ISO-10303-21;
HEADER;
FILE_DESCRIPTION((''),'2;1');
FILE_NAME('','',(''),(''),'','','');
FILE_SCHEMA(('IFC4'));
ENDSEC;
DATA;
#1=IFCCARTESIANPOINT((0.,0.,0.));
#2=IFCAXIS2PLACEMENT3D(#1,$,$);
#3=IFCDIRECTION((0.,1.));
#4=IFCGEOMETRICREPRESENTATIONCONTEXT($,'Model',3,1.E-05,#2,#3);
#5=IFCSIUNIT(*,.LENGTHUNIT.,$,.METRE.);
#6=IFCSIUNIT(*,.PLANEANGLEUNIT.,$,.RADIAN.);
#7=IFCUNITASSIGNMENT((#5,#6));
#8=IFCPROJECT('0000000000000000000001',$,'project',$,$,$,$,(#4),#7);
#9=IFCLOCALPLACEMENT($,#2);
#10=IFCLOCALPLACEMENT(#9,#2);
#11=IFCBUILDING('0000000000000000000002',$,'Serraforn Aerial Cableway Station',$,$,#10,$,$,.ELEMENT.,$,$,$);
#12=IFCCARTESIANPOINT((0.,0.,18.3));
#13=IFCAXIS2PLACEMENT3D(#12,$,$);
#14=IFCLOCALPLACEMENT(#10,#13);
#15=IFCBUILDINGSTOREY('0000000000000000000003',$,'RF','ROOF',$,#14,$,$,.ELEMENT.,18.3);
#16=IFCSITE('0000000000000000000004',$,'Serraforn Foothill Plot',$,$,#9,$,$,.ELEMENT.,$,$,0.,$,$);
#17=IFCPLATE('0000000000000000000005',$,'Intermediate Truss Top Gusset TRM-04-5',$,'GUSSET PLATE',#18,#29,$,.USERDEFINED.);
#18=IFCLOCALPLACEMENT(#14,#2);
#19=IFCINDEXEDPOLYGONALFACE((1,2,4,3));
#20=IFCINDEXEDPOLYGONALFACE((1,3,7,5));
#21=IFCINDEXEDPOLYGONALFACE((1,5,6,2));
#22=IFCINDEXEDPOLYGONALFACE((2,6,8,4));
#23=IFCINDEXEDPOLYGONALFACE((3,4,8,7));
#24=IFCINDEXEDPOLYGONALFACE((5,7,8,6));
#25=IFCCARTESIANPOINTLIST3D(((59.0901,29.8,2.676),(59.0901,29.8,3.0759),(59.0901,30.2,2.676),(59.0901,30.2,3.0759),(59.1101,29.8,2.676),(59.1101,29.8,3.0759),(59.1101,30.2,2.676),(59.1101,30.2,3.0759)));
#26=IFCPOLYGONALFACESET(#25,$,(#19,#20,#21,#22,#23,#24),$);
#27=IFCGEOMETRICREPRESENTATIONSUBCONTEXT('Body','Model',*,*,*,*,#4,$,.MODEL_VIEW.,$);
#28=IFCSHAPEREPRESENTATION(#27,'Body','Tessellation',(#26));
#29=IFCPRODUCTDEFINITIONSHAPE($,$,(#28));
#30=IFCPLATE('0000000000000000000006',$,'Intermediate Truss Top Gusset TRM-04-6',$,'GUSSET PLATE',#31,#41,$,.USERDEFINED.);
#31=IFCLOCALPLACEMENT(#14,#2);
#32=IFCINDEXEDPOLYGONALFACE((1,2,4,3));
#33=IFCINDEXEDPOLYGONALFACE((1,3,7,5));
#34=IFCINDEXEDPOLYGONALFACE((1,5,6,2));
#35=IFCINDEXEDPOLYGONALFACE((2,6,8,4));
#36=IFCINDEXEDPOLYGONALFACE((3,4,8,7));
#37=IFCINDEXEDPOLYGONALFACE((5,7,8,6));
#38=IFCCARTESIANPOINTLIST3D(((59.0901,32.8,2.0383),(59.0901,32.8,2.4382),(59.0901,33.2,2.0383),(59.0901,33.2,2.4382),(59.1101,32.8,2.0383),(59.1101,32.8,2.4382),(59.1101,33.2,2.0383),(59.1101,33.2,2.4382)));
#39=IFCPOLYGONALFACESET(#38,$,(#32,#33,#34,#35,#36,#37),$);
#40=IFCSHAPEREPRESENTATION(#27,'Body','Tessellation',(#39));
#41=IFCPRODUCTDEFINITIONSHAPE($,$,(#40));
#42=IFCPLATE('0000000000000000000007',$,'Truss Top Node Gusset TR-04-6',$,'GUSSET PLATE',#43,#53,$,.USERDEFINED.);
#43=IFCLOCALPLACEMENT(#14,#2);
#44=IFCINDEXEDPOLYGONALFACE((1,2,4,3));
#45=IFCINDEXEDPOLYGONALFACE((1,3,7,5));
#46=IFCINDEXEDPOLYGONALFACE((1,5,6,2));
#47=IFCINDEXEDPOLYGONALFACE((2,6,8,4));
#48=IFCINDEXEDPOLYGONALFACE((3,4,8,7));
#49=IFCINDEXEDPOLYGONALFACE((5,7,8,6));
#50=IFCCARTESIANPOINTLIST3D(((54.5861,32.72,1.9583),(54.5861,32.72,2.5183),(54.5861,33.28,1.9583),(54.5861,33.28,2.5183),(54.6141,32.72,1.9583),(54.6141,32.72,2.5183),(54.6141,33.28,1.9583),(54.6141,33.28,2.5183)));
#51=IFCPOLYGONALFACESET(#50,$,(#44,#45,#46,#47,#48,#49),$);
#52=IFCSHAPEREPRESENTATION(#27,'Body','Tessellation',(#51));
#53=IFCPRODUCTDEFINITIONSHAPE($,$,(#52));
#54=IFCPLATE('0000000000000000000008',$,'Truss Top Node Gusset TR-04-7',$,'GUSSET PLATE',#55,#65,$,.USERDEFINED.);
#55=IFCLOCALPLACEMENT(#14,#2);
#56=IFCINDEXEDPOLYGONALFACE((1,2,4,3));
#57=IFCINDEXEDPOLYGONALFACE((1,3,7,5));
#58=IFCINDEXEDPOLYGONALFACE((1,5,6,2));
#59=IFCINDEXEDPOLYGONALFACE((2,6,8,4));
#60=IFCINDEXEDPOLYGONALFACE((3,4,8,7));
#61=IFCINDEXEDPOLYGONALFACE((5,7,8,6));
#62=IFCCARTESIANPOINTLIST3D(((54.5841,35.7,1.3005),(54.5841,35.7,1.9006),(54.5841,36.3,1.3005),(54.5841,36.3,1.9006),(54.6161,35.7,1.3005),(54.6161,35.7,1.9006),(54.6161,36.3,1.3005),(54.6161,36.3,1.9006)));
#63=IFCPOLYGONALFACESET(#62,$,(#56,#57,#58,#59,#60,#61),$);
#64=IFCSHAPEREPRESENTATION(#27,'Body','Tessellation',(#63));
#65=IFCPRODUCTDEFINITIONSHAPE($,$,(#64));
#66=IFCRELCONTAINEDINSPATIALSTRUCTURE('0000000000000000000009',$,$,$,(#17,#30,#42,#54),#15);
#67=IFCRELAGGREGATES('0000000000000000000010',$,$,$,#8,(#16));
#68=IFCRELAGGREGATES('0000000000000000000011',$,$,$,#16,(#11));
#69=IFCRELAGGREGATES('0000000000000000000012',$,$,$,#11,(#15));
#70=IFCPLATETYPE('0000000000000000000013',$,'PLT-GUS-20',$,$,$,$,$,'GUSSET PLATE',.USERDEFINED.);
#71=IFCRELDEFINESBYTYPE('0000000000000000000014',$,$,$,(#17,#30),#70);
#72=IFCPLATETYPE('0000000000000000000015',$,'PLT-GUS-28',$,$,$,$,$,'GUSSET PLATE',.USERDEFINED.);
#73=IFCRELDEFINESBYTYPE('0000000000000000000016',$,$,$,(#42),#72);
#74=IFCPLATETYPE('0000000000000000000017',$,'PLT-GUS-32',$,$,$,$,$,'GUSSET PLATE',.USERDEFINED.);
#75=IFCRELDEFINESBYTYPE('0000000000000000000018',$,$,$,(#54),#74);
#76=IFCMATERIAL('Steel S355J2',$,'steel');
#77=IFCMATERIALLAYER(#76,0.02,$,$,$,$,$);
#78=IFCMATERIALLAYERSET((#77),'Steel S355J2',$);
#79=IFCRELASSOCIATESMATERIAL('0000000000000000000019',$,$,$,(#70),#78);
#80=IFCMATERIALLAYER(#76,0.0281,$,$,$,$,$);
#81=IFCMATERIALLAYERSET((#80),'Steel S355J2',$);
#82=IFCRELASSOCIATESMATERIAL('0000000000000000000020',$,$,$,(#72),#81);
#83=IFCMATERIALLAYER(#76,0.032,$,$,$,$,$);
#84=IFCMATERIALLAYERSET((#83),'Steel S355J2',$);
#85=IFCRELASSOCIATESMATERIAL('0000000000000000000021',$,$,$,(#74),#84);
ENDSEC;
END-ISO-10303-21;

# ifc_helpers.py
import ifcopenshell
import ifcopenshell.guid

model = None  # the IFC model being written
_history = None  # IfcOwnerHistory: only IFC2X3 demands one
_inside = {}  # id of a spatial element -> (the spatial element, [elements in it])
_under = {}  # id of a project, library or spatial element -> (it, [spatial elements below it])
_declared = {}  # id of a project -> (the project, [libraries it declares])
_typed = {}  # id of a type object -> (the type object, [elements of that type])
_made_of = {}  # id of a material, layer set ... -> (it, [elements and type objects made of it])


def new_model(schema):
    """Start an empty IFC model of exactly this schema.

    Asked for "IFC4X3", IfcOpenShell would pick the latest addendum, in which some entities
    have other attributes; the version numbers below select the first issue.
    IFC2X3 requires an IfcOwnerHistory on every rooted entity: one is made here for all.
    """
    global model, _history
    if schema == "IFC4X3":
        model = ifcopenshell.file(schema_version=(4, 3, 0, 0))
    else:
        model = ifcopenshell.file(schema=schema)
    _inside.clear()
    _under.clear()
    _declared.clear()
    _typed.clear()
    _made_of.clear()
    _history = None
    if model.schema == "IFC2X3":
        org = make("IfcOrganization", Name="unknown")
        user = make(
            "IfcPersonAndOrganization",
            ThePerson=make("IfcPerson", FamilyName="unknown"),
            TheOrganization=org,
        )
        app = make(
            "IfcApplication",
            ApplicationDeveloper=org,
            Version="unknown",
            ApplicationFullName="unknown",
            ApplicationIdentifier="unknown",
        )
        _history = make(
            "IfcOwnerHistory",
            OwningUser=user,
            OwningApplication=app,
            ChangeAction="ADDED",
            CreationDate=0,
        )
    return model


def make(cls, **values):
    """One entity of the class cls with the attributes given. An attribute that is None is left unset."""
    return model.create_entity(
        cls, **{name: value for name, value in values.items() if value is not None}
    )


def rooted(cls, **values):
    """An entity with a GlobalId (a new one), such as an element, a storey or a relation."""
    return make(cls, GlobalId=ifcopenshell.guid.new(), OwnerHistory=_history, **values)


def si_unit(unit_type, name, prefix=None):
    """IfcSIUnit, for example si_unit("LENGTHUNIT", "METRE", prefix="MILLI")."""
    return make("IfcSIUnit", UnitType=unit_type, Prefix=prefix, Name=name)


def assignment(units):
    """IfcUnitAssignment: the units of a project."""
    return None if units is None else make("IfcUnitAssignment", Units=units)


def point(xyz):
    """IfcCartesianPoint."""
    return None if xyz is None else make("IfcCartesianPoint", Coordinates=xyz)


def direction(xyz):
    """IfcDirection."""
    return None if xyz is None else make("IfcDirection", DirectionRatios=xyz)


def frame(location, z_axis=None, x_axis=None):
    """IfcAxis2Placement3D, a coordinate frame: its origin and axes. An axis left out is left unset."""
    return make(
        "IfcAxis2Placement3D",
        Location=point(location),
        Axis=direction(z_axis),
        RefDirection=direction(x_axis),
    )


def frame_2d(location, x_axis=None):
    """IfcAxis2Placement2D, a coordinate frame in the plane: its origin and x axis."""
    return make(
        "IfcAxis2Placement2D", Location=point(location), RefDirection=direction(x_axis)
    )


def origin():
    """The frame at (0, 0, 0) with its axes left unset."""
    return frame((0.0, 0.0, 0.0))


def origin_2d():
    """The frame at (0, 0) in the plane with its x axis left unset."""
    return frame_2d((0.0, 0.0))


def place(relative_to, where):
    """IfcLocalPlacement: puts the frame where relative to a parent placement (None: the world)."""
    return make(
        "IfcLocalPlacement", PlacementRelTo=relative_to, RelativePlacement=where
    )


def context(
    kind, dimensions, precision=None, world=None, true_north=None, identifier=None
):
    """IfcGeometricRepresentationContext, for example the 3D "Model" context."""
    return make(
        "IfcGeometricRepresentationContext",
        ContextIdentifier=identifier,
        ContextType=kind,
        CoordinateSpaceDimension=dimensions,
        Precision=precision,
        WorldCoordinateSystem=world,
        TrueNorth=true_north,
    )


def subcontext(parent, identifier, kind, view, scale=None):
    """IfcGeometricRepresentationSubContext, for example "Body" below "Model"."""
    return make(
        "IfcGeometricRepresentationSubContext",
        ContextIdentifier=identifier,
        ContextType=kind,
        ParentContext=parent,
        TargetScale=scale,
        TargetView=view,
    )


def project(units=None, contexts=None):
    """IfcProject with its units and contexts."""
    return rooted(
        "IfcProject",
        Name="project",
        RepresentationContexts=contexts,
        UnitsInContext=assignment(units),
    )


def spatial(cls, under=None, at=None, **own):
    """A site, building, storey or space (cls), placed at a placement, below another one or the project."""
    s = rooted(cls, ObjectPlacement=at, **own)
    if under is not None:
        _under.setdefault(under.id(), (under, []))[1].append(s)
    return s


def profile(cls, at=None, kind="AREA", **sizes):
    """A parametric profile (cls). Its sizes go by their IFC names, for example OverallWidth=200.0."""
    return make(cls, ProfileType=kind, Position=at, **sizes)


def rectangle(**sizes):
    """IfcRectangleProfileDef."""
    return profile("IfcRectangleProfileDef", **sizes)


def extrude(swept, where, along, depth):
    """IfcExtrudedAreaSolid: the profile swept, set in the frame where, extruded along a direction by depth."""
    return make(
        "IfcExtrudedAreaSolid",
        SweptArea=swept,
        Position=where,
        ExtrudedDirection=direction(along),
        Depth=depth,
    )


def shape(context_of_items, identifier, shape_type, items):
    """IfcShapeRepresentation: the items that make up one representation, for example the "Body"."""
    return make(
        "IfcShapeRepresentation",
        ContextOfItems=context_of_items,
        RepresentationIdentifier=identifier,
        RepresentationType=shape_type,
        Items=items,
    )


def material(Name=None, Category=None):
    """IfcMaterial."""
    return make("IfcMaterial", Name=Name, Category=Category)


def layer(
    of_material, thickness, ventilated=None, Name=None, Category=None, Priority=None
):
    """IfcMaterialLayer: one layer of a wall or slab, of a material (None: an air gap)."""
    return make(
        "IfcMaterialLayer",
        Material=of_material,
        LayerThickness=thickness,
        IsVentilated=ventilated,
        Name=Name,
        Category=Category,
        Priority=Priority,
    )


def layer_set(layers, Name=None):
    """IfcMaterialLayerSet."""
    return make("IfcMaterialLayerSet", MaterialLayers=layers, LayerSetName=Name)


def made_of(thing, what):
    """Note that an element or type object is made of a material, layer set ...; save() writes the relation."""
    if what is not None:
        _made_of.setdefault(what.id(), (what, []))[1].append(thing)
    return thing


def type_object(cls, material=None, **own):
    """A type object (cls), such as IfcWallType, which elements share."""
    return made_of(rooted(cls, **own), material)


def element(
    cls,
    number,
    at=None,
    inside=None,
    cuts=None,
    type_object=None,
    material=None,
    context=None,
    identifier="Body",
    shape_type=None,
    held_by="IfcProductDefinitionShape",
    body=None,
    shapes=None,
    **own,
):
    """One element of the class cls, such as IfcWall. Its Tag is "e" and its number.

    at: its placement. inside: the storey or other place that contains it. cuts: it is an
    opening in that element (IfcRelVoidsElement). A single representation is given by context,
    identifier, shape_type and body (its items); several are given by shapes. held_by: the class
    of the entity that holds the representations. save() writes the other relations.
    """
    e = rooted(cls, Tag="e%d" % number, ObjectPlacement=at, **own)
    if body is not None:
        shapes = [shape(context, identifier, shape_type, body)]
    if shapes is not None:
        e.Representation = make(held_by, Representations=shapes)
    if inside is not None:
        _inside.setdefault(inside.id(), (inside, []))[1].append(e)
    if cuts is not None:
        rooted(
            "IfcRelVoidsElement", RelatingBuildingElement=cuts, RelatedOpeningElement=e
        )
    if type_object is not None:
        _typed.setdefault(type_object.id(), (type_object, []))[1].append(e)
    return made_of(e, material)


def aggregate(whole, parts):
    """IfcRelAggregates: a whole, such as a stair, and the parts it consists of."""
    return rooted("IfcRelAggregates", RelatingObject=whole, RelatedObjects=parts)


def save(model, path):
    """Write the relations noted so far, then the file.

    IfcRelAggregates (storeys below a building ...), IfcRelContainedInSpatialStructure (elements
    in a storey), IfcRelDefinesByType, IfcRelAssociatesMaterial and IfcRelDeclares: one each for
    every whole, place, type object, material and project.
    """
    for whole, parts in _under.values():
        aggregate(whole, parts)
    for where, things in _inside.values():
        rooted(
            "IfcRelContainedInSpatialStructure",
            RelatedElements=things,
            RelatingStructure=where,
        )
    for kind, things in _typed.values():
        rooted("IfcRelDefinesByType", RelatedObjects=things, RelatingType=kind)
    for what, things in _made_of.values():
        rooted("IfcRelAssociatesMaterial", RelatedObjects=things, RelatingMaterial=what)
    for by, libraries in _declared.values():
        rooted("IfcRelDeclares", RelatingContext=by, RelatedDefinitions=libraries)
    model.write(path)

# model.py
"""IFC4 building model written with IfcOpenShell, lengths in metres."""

from ifc_helpers import new_model, si_unit, direction, frame, origin, origin_2d, place, context, subcontext, project, spatial, rectangle, extrude, material, layer, layer_set, type_object, element, save


model = new_model("IFC4")

# Units and contexts
model_context = context("Model", 3, precision=1e-05, world=origin(), true_north=direction((0.0, 1.0)))
body_context = subcontext(model_context, "Body", "Model", "MODEL_VIEW")
ifc_project = project(units=[si_unit("LENGTHUNIT", "METRE"), si_unit("PLANEANGLEUNIT", "RADIAN")], contexts=[model_context])

# Site, building, storey
site_placement = place(None, origin())
site = spatial("IfcSite", under=ifc_project, at=site_placement, Name="Serraforn Foothill Plot", CompositionType="ELEMENT", RefElevation=0.0)
building_placement = place(site_placement, origin())
building = spatial("IfcBuilding", under=site, at=building_placement, Name="Serraforn Aerial Cableway Station", CompositionType="ELEMENT")
storey_placement = place(building_placement, frame((0.0, 0.0, 18.3)))
storey = spatial("IfcBuildingStorey", under=building, at=storey_placement, Name="RF", Description="ROOF", CompositionType="ELEMENT", Elevation=18.3)

# Shared definitions
ifc_material_1 = material(Name="Steel S355J2", Category="steel")

# Plates
ifc_layer_1 = layer(ifc_material_1, 0.02)
ifc_layer_set_1 = layer_set([ifc_layer_1], Name="Steel S355J2")
plate_type_1 = type_object("IfcPlateType", Name="PLT-GUS-20", ElementType="GUSSET PLATE", PredefinedType="USERDEFINED", material=ifc_layer_set_1)
for number, where, z_axis, x_axis, name in (
    (1, (59.1001, 30.0, 2.676), (0.0, 0.0, 1.0), (1.0, 0.0, 0.0), "Intermediate Truss Top Gusset TRM-04-5"),
    (2, (59.1001, 33.0, 2.0383), (0.0, 0.0, 1.0), (1.0, 0.0, 0.0), "Intermediate Truss Top Gusset TRM-04-6"),
):
    element("IfcPlate", number, at=place(storey_placement, frame(where, z_axis=z_axis, x_axis=x_axis)), inside=storey, type_object=plate_type_1, Name=name, ObjectType="GUSSET PLATE", PredefinedType="USERDEFINED", context=body_context, shape_type="SweptSolid", body=[
        extrude(rectangle(XDim=0.02, YDim=0.3999, at=origin_2d()), origin(), (0.0, 0.0, 1.0), 0.3999),
    ])
ifc_layer_2 = layer(ifc_material_1, 0.0281)
ifc_layer_set_2 = layer_set([ifc_layer_2], Name="Steel S355J2")
plate_type_2 = type_object("IfcPlateType", Name="PLT-GUS-28", ElementType="GUSSET PLATE", PredefinedType="USERDEFINED", material=ifc_layer_set_2)
plate_1_placement = place(storey_placement, frame((54.6001, 33.0, 1.9583), z_axis=(0.0, 0.0, 1.0), x_axis=(1.0, 0.0, 0.0)))
element("IfcPlate", 3, at=plate_1_placement, inside=storey, type_object=plate_type_2, Name="Truss Top Node Gusset TR-04-6", ObjectType="GUSSET PLATE", PredefinedType="USERDEFINED", context=body_context, shape_type="SweptSolid", body=[
    extrude(rectangle(XDim=0.0281, YDim=0.5601, at=origin_2d()), origin(), (0.0, 0.0, 1.0), 0.5601),
])
ifc_layer_3 = layer(ifc_material_1, 0.032)
ifc_layer_set_3 = layer_set([ifc_layer_3], Name="Steel S355J2")
plate_type_3 = type_object("IfcPlateType", Name="PLT-GUS-32", ElementType="GUSSET PLATE", PredefinedType="USERDEFINED", material=ifc_layer_set_3)
plate_2_placement = place(storey_placement, frame((54.6001, 36.0, 1.3005), z_axis=(0.0, 0.0, 1.0), x_axis=(1.0, 0.0, 0.0)))
element("IfcPlate", 4, at=plate_2_placement, inside=storey, type_object=plate_type_3, Name="Truss Top Node Gusset TR-04-7", ObjectType="GUSSET PLATE", PredefinedType="USERDEFINED", context=body_context, shape_type="SweptSolid", body=[
    extrude(rectangle(XDim=0.032, YDim=0.6001, at=origin_2d()), origin(), (0.0, 0.0, 1.0), 0.6001),
])

save(model, "model.ifc")
